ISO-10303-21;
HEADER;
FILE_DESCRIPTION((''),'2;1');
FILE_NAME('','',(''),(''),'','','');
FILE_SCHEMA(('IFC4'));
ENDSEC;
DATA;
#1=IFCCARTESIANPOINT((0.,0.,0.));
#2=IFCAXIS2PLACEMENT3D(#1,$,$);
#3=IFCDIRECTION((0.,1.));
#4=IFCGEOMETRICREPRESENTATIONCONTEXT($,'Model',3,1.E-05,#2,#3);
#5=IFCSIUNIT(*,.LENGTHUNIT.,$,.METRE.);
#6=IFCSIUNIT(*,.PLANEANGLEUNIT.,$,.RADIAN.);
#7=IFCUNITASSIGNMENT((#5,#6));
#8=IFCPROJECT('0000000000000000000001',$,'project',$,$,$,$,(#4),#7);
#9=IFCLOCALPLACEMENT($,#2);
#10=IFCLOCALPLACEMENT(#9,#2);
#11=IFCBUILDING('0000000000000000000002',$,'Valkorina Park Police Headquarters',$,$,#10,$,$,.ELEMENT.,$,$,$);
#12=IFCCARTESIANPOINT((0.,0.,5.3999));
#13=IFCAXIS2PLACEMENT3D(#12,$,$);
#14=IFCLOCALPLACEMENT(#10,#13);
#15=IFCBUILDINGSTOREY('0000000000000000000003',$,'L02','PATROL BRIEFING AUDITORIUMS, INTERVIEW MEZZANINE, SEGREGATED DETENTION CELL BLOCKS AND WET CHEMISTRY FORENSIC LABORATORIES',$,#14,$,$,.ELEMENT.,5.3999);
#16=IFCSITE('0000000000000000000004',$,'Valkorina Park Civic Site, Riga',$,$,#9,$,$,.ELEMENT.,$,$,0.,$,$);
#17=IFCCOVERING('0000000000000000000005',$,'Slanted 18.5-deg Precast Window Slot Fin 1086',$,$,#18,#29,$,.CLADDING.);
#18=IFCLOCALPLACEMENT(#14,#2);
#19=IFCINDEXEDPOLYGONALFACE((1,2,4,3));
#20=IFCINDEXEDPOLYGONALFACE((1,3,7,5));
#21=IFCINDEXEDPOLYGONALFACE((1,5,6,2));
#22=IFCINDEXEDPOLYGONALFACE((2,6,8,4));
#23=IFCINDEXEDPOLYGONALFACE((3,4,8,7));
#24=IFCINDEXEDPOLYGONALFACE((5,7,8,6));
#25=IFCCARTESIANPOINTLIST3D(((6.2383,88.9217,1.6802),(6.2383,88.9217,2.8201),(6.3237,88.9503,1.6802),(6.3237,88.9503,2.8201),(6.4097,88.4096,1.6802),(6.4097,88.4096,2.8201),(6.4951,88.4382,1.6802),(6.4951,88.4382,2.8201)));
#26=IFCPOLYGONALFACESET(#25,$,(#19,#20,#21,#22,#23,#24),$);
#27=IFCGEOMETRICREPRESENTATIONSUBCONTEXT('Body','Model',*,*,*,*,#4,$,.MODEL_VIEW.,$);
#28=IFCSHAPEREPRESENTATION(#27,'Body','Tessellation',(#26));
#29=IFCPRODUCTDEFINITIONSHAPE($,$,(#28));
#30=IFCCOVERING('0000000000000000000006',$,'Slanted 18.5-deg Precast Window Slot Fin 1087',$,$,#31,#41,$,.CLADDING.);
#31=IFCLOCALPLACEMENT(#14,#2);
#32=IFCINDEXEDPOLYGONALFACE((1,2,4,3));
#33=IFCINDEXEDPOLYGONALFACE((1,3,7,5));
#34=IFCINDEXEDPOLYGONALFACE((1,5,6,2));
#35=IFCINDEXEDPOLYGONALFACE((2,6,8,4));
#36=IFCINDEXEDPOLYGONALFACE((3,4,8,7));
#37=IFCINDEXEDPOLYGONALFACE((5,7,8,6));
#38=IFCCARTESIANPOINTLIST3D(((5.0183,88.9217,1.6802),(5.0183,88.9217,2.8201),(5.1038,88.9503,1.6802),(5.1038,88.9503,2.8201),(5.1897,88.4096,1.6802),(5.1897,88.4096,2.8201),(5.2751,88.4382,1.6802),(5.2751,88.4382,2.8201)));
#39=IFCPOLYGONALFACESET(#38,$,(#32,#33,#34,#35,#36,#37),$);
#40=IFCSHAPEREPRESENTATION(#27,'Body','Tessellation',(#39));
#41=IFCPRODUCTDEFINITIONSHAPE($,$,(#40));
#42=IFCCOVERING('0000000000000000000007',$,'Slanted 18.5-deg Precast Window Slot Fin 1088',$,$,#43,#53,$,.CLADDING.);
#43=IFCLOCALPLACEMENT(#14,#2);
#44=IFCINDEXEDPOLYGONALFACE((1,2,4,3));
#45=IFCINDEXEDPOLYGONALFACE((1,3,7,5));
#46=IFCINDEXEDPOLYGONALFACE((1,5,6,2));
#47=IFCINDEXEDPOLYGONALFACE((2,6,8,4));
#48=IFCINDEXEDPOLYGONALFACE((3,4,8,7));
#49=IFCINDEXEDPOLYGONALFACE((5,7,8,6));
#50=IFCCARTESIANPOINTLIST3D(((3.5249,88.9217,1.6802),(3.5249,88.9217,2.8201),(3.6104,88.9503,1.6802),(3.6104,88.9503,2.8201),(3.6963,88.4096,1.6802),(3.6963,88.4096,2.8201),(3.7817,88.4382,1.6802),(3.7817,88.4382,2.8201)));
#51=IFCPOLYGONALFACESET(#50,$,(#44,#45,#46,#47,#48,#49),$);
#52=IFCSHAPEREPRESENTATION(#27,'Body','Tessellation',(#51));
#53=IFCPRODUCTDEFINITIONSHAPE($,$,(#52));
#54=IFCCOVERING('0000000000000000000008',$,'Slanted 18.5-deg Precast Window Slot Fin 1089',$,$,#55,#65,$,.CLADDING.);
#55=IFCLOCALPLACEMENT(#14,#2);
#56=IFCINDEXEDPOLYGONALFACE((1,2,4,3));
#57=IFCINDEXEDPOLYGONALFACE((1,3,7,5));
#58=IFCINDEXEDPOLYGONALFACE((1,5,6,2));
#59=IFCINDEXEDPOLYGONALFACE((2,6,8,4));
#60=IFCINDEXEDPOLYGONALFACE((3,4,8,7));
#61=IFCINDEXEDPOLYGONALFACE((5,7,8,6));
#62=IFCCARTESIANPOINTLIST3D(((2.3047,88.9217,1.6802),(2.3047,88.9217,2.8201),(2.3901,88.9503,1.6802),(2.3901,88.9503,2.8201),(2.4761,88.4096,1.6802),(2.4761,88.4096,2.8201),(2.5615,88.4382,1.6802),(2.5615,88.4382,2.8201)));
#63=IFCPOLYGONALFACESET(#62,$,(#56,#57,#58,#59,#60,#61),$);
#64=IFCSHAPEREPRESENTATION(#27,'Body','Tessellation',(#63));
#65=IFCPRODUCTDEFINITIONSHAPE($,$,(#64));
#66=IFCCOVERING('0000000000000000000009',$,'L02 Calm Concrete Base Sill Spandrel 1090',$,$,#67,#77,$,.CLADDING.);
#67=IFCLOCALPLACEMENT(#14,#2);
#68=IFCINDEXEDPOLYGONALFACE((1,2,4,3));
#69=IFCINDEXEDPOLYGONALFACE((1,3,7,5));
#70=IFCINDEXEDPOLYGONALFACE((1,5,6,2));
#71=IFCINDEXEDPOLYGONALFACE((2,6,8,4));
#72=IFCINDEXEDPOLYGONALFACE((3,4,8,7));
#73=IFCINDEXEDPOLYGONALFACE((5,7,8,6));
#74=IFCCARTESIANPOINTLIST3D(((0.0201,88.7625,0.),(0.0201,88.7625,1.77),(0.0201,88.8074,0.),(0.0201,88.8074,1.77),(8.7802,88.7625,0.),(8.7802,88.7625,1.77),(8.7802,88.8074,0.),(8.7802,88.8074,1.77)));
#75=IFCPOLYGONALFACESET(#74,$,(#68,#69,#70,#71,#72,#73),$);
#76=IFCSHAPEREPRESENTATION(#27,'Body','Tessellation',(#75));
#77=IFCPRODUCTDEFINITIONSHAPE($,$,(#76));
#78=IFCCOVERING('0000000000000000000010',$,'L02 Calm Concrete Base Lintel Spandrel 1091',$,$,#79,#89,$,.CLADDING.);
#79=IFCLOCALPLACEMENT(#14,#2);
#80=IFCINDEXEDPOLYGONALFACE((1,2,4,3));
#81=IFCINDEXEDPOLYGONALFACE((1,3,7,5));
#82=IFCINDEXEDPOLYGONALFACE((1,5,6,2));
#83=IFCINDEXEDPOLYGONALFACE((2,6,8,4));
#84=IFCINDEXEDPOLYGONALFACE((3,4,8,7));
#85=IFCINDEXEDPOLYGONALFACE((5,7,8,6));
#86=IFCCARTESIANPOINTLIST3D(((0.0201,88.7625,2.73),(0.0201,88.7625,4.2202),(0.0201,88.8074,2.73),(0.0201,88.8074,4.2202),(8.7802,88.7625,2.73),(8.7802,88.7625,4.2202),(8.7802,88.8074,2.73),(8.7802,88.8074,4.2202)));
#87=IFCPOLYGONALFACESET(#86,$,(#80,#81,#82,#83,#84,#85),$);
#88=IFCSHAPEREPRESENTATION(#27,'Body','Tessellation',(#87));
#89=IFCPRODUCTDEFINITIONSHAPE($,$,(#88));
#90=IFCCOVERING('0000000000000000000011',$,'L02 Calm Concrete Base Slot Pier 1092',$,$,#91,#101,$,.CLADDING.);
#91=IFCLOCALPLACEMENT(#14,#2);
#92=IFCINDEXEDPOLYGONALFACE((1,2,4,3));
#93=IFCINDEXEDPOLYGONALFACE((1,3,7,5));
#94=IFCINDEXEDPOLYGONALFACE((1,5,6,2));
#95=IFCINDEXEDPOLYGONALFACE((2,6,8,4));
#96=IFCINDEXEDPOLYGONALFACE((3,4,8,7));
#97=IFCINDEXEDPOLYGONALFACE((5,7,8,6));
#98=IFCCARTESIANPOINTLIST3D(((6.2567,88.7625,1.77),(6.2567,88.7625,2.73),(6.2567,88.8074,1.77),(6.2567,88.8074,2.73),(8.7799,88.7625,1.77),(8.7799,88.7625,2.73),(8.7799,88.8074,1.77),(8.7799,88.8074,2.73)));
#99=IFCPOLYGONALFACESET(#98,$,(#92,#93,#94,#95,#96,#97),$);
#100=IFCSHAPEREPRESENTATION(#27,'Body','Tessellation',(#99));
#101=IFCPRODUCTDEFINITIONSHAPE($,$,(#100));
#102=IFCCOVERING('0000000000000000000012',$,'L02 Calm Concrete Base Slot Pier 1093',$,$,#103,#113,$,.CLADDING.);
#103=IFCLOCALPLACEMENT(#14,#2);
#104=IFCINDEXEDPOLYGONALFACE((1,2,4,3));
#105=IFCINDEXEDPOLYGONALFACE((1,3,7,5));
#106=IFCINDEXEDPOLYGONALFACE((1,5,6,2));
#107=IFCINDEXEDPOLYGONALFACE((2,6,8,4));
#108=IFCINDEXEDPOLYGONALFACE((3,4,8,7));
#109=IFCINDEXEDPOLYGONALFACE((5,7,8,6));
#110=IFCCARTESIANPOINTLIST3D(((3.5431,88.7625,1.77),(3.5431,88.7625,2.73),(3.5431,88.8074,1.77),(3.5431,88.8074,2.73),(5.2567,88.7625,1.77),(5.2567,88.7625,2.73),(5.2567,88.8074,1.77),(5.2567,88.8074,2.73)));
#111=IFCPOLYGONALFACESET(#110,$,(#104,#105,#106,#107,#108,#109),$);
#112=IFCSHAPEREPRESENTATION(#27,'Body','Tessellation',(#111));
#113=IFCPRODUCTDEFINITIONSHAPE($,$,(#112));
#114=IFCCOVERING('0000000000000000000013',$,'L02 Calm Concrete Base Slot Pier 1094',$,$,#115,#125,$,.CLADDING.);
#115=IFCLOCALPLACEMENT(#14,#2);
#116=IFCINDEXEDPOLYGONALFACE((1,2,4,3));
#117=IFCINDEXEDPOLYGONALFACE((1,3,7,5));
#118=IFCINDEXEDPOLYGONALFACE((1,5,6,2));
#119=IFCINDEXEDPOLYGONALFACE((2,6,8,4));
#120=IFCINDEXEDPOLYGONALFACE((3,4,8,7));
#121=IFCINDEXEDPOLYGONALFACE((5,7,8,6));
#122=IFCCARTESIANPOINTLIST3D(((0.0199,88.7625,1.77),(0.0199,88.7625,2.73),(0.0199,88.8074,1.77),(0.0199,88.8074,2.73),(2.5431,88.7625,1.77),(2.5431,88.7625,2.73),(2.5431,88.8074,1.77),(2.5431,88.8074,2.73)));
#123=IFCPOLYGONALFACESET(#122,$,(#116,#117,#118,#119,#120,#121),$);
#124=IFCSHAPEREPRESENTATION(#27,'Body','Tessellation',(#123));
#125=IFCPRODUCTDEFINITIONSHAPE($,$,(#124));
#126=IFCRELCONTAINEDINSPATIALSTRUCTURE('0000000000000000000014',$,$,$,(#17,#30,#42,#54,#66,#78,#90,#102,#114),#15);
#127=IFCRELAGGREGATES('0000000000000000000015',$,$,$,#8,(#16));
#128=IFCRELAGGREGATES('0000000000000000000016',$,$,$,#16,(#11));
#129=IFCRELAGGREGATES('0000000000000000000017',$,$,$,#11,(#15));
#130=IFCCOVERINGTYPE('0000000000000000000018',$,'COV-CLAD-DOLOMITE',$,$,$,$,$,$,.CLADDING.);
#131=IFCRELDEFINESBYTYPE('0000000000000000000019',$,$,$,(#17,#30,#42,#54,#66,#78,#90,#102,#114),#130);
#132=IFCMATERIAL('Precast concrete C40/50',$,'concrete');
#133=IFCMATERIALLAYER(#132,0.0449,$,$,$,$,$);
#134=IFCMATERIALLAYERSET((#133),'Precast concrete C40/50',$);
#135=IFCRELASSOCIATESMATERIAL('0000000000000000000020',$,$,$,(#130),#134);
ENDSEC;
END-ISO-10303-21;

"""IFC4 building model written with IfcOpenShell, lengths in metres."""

from ifc_helpers import new_model, si_unit, direction, frame, frame_2d, origin, origin_2d, place, context, subcontext, project, spatial, rectangle, extrude, material, layer, layer_set, type_object, element, save


model = new_model("IFC4")

# Units and contexts
model_context = context("Model", 3, precision=1e-05, world=origin(), true_north=direction((0.0, 1.0)))
body_context = subcontext(model_context, "Body", "Model", "MODEL_VIEW")
ifc_project = project(units=[si_unit("LENGTHUNIT", "METRE"), si_unit("PLANEANGLEUNIT", "RADIAN")], contexts=[model_context])

# Site, building, storey
site_placement = place(None, origin())
site = spatial("IfcSite", under=ifc_project, at=site_placement, Name="Valkorina Park Civic Site, Riga", CompositionType="ELEMENT", RefElevation=0.0)
building_placement = place(site_placement, origin())
building = spatial("IfcBuilding", under=site, at=building_placement, Name="Valkorina Park Police Headquarters", CompositionType="ELEMENT")
storey_placement = place(building_placement, frame((0.0, 0.0, 5.3999)))
storey = spatial("IfcBuildingStorey", under=building, at=storey_placement, Name="L02", Description="PATROL BRIEFING AUDITORIUMS, INTERVIEW MEZZANINE, SEGREGATED DETENTION CELL BLOCKS AND WET CHEMISTRY FORENSIC LABORATORIES", CompositionType="ELEMENT", Elevation=5.3999)

# Coverings
ifc_material_1 = material(Name="Precast concrete C40/50", Category="concrete")
ifc_layer = layer(ifc_material_1, 0.0449)
ifc_layer_set = layer_set([ifc_layer], Name="Precast concrete C40/50")
covering_type = type_object("IfcCoveringType", Name="COV-CLAD-DOLOMITE", PredefinedType="CLADDING", material=ifc_layer_set)
for number, where, z_axis, x_axis, name in (
    (1, (6.3667, 88.6799, 1.6802), (0.0, 0.0, 1.0), (0.317305, -0.948324, 0.0), "Slanted 18.5-deg Precast Window Slot Fin 1086"),
    (2, (5.1467, 88.6799, 1.6802), (0.0, 0.0, 1.0), (0.317305, -0.948324, 0.0), "Slanted 18.5-deg Precast Window Slot Fin 1087"),
    (3, (3.6533, 88.6799, 1.6802), (0.0, 0.0, 1.0), (0.317305, -0.948324, 0.0), "Slanted 18.5-deg Precast Window Slot Fin 1088"),
    (4, (2.4331, 88.6799, 1.6802), (0.0, 0.0, 1.0), (0.317305, -0.948324, 0.0), "Slanted 18.5-deg Precast Window Slot Fin 1089"),
):
    element("IfcCovering", number, at=place(storey_placement, frame(where, z_axis=z_axis, x_axis=x_axis)), inside=storey, type_object=covering_type, Name=name, PredefinedType="CLADDING", context=body_context, shape_type="SweptSolid", body=[
        extrude(rectangle(XDim=0.54, YDim=0.0901, at=origin_2d()), origin(), (0.0, 0.0, 1.0), 1.1399),
    ])
covering_1_placement = place(storey_placement, frame((8.78, 88.7849, 0.0), z_axis=(0.0, 0.0, 1.0), x_axis=(-1.0, 0.0, 0.0)))
element("IfcCovering", 5, at=covering_1_placement, inside=storey, type_object=covering_type, Name="L02 Calm Concrete Base Sill Spandrel 1090", PredefinedType="CLADDING", context=body_context, shape_type="SweptSolid", body=[
    extrude(rectangle(XDim=8.76, YDim=0.0449, at=frame_2d((4.3799, 0.0))), origin(), (0.0, 0.0, 1.0), 1.77),
])
covering_2_placement = place(storey_placement, frame((8.78, 88.7849, 2.73), z_axis=(0.0, 0.0, 1.0), x_axis=(-1.0, 0.0, 0.0)))
element("IfcCovering", 6, at=covering_2_placement, inside=storey, type_object=covering_type, Name="L02 Calm Concrete Base Lintel Spandrel 1091", PredefinedType="CLADDING", context=body_context, shape_type="SweptSolid", body=[
    extrude(rectangle(XDim=8.76, YDim=0.0449, at=frame_2d((4.3799, 0.0))), origin(), (0.0, 0.0, 1.0), 1.4902),
])
covering_3_placement = place(storey_placement, frame((8.78, 88.7849, 1.77), z_axis=(0.0, 0.0, 1.0), x_axis=(-1.0, 0.0, 0.0)))
element("IfcCovering", 7, at=covering_3_placement, inside=storey, type_object=covering_type, Name="L02 Calm Concrete Base Slot Pier 1092", PredefinedType="CLADDING", context=body_context, shape_type="SweptSolid", body=[
    extrude(rectangle(XDim=2.5232, YDim=0.0449, at=frame_2d((1.2617, 0.0))), origin(), (0.0, 0.0, 1.0), 0.96),
])
covering_4_placement = place(storey_placement, frame((5.2568, 88.7849, 1.77), z_axis=(0.0, 0.0, 1.0), x_axis=(-1.0, 0.0, 0.0)))
element("IfcCovering", 8, at=covering_4_placement, inside=storey, type_object=covering_type, Name="L02 Calm Concrete Base Slot Pier 1093", PredefinedType="CLADDING", context=body_context, shape_type="SweptSolid", body=[
    extrude(rectangle(XDim=1.7136, YDim=0.0449, at=frame_2d((0.8569, 0.0))), origin(), (0.0, 0.0, 1.0), 0.96),
])
covering_5_placement = place(storey_placement, frame((2.5432, 88.7849, 1.77), z_axis=(0.0, 0.0, 1.0), x_axis=(-1.0, 0.0, 0.0)))
element("IfcCovering", 9, at=covering_5_placement, inside=storey, type_object=covering_type, Name="L02 Calm Concrete Base Slot Pier 1094", PredefinedType="CLADDING", context=body_context, shape_type="SweptSolid", body=[
    extrude(rectangle(XDim=2.5232, YDim=0.0449, at=frame_2d((1.2617, 0.0))), origin(), (0.0, 0.0, 1.0), 0.96),
])

save(model, "model.ifc")
